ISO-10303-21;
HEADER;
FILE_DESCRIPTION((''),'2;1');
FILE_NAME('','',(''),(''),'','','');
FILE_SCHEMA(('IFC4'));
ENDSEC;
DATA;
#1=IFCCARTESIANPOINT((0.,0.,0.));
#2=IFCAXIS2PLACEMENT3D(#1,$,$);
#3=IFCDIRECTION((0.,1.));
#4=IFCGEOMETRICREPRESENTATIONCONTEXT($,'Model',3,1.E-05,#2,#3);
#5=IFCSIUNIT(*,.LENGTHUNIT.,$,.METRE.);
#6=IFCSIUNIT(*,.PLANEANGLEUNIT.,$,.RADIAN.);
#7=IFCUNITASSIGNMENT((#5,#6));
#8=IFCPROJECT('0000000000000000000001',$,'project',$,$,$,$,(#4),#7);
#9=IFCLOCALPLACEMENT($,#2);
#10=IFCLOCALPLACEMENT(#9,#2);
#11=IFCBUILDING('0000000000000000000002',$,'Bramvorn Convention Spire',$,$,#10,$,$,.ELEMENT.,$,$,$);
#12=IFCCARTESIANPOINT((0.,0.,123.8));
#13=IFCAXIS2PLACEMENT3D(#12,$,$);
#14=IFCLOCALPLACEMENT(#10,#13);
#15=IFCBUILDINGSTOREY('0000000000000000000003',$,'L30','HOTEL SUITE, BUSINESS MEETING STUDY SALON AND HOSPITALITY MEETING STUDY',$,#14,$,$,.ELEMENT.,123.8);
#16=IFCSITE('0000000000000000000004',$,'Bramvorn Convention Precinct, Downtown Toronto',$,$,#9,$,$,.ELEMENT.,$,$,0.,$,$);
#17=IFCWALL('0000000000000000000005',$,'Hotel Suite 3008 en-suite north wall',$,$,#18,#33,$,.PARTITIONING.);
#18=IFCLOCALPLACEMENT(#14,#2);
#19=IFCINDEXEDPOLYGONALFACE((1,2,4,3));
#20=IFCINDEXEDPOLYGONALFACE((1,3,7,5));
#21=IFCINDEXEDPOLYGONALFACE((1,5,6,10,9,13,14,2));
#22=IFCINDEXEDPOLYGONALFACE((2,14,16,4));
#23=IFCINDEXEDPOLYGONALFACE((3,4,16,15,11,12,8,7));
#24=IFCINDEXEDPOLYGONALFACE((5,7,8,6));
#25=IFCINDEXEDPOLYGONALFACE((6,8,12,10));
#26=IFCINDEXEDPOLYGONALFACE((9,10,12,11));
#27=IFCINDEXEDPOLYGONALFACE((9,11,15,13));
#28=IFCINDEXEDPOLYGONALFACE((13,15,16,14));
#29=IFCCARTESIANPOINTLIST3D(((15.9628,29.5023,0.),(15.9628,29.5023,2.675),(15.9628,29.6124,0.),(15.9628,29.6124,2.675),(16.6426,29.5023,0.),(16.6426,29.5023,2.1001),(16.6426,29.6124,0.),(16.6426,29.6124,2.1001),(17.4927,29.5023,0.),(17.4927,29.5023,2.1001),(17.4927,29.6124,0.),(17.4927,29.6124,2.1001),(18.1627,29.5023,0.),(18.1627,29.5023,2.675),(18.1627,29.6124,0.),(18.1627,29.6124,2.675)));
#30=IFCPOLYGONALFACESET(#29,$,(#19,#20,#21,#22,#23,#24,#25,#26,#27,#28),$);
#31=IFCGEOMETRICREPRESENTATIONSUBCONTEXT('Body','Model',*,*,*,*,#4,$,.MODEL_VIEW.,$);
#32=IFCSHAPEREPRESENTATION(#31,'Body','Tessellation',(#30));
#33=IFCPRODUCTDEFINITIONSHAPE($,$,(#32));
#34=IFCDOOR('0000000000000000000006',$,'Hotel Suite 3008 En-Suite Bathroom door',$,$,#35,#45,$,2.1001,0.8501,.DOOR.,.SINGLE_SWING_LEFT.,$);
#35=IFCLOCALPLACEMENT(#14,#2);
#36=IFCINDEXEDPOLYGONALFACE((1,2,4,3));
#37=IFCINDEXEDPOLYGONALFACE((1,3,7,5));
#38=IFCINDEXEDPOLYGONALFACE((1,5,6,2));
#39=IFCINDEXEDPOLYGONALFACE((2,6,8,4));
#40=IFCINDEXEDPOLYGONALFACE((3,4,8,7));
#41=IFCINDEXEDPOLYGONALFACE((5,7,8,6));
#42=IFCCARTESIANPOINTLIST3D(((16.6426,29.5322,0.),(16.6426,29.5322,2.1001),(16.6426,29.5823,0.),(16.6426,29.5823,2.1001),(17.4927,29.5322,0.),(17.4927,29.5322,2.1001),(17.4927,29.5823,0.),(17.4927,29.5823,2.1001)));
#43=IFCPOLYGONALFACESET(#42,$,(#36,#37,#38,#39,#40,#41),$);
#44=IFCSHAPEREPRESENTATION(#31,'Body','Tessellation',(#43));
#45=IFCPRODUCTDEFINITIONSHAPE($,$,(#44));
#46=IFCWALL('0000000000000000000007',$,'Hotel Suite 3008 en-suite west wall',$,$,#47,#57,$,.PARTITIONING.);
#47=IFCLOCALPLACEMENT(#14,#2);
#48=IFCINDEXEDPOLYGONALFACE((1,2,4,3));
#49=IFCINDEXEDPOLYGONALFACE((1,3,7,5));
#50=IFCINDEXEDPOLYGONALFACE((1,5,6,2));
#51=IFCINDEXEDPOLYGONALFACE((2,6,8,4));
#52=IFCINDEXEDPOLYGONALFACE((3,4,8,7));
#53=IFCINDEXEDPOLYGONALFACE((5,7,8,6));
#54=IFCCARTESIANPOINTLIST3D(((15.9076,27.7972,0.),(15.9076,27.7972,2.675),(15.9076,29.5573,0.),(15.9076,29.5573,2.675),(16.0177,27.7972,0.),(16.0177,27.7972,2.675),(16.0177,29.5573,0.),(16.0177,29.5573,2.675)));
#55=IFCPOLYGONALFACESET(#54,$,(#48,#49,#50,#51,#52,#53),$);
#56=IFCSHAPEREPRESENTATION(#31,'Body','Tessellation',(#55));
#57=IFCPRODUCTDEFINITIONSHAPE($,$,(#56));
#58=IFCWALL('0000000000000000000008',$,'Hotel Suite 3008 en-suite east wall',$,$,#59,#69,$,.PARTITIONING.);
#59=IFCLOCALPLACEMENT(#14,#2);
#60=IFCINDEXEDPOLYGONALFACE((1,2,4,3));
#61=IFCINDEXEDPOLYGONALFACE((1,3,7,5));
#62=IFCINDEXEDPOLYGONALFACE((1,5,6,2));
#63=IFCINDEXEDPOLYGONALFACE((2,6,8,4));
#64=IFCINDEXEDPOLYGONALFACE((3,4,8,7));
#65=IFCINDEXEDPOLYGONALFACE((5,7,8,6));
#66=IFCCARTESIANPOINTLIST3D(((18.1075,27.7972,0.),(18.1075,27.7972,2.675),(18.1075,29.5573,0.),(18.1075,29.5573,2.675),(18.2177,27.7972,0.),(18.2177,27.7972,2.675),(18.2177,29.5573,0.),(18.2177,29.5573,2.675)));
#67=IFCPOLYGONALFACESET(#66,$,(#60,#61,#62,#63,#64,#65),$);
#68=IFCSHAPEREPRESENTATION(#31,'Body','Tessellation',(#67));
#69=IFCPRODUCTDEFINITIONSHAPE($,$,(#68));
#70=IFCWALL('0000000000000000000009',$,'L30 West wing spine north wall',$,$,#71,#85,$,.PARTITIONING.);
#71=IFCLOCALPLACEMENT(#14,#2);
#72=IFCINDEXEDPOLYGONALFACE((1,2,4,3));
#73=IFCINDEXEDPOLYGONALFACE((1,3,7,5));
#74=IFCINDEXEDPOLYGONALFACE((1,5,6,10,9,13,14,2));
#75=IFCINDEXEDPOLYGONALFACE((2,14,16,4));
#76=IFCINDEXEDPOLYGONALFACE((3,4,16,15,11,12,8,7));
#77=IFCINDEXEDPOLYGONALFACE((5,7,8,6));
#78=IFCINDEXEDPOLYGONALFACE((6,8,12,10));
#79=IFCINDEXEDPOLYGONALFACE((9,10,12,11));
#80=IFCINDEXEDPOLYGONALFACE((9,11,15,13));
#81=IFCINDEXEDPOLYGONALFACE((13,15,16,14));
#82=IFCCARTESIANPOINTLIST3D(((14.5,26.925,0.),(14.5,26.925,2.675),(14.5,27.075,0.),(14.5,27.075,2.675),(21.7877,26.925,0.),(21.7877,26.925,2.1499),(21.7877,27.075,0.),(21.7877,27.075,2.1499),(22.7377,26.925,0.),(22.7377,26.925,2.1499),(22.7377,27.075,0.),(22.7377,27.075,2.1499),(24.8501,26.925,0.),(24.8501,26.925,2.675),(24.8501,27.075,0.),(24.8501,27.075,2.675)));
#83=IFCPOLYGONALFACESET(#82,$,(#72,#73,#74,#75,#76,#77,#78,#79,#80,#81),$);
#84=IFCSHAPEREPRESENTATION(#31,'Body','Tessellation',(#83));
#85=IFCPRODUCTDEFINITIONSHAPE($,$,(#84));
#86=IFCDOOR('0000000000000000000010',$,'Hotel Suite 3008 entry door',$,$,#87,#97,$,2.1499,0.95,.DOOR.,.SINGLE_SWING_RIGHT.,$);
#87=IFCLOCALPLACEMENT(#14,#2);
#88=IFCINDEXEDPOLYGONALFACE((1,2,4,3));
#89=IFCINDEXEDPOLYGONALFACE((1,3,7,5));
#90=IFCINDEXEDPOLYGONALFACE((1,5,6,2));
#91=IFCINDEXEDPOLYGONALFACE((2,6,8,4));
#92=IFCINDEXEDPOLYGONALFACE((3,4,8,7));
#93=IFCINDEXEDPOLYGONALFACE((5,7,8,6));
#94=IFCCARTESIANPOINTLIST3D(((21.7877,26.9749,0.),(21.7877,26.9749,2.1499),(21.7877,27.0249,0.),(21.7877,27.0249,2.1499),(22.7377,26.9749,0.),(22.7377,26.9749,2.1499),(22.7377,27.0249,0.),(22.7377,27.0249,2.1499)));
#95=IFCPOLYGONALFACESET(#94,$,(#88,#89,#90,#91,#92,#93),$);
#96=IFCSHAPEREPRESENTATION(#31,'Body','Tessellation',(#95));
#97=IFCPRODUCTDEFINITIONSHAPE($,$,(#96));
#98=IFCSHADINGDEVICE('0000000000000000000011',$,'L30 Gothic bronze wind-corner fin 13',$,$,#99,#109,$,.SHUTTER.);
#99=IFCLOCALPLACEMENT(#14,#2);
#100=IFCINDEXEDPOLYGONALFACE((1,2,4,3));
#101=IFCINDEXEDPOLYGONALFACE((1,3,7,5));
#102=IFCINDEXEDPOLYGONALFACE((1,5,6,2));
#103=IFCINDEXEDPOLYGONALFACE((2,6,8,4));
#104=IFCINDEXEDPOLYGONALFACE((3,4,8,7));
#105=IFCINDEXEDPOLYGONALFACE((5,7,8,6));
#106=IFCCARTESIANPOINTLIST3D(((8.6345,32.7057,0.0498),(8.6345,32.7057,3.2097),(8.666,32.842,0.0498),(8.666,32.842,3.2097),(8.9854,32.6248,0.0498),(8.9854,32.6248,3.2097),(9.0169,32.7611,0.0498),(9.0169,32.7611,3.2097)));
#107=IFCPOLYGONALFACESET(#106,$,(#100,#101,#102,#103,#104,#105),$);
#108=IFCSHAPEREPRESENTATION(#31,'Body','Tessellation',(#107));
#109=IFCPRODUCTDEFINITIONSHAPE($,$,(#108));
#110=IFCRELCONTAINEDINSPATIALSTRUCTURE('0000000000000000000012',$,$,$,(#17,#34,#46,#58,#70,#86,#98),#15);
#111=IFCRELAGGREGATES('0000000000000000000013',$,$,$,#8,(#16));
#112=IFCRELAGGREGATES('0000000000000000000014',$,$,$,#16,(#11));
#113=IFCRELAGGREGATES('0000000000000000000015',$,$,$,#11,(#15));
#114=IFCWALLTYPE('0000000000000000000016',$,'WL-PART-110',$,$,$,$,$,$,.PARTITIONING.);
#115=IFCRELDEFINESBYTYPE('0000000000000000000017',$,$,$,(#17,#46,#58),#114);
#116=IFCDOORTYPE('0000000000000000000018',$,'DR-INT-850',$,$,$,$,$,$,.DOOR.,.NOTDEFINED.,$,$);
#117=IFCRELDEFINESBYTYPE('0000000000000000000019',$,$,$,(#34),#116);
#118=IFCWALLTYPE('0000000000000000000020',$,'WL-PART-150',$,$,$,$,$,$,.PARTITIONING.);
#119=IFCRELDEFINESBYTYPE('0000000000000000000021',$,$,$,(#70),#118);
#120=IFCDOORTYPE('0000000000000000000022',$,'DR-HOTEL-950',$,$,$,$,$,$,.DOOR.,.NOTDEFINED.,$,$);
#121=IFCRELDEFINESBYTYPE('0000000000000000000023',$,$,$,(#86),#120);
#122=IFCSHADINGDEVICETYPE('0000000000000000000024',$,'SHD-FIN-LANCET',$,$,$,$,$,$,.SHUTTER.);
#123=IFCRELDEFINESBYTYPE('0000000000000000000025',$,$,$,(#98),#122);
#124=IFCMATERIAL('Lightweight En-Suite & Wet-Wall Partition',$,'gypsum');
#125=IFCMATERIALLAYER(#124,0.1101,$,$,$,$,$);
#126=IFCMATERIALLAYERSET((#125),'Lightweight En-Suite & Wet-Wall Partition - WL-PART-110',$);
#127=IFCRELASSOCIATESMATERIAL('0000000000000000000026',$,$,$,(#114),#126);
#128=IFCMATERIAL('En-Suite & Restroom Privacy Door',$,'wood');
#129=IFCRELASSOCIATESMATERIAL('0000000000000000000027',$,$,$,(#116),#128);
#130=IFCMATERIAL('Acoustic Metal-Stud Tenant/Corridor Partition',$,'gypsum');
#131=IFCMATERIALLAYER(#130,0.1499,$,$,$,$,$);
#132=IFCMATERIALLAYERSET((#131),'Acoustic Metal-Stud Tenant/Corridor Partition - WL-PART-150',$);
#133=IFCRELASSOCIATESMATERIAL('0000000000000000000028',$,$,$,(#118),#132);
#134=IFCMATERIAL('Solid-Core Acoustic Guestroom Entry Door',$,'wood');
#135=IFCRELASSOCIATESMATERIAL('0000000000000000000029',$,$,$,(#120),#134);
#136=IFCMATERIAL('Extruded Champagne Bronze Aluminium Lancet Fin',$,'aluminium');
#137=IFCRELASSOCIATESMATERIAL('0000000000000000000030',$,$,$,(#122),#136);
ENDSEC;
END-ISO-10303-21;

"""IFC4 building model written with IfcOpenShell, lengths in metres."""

from ifc_helpers import new_model, si_unit, direction, frame, frame_2d, origin, origin_2d, place, context, subcontext, project, spatial, rectangle, extrude, material, layer, layer_set, type_object, element, fill, save


model = new_model("IFC4")

# Units and contexts
model_context = context("Model", 3, precision=1e-05, world=origin(), true_north=direction((0.0, 1.0)))
body_context = subcontext(model_context, "Body", "Model", "MODEL_VIEW")
ifc_project = project(units=[si_unit("LENGTHUNIT", "METRE"), si_unit("PLANEANGLEUNIT", "RADIAN")], contexts=[model_context])

# Site, building, storey
site_placement = place(None, origin())
site = spatial("IfcSite", under=ifc_project, at=site_placement, Name="Bramvorn Convention Precinct, Downtown Toronto", CompositionType="ELEMENT", RefElevation=0.0)
building_placement = place(site_placement, origin())
building = spatial("IfcBuilding", under=site, at=building_placement, Name="Bramvorn Convention Spire", CompositionType="ELEMENT")
storey_placement = place(building_placement, frame((0.0, 0.0, 123.8)))
storey = spatial("IfcBuildingStorey", under=building, at=storey_placement, Name="L30", Description="HOTEL SUITE, BUSINESS MEETING STUDY SALON AND HOSPITALITY MEETING STUDY", CompositionType="ELEMENT", Elevation=123.8)

# Shared definitions
ifc_material_1 = material(Name="Lightweight En-Suite & Wet-Wall Partition", Category="gypsum")
ifc_layer_1 = layer(ifc_material_1, 0.1101)
ifc_layer_set_1 = layer_set([ifc_layer_1], Name="Lightweight En-Suite & Wet-Wall Partition - WL-PART-110")
wall_type_1 = type_object("IfcWallType", Name="WL-PART-110", PredefinedType="PARTITIONING", material=ifc_layer_set_1)

# Wall, opening, door
wall_1_placement = place(storey_placement, frame((15.9626, 29.5574, 0.0), z_axis=(0.0, 0.0, 1.0), x_axis=(1.0, 0.0, 0.0)))
wall_1 = element("IfcWall", 1, at=wall_1_placement, inside=storey, type_object=wall_type_1, Name="Hotel Suite 3008 en-suite north wall", PredefinedType="PARTITIONING", context=body_context, shape_type="SweptSolid", body=[
    extrude(rectangle(XDim=2.2, YDim=0.1101, at=frame_2d((1.1001, 0.0))), origin(), (0.0, 0.0, 1.0), 2.675),
])
opening_1_placement = place(wall_1_placement, frame((0.6799, 0.0, 0.0)))
opening_1 = element("IfcOpeningElement", 2, at=opening_1_placement, cuts=wall_1, PredefinedType="OPENING", context=body_context, shape_type="SweptSolid", body=[
    extrude(rectangle(XDim=0.8501, YDim=2.1001, at=frame_2d((0.425, 1.05))), frame((0.0, 0.0649, 0.0), z_axis=(0.0, -1.0, 0.0), x_axis=(1.0, 0.0, 0.0)), (0.0, 0.0, 1.0), 0.1301),
])
ifc_material_2 = material(Name="En-Suite & Restroom Privacy Door", Category="wood")
door_type_1 = type_object("IfcDoorType", Name="DR-INT-850", OperationType="NOTDEFINED", PredefinedType="DOOR", material=ifc_material_2)
door_1_placement = place(opening_1_placement, origin())
door_1 = element("IfcDoor", 3, at=door_1_placement, inside=storey, type_object=door_type_1, Name="Hotel Suite 3008 En-Suite Bathroom door", OperationType="SINGLE_SWING_LEFT", OverallHeight=2.1001, OverallWidth=0.8501, PredefinedType="DOOR", context=body_context, shape_type="SweptSolid", body=[
    extrude(rectangle(XDim=0.8501, YDim=2.1001, at=frame_2d((0.425, 1.05))), frame((0.0, 0.0249, 0.0), z_axis=(0.0, -1.0, 0.0), x_axis=(1.0, 0.0, 0.0)), (0.0, 0.0, 1.0), 0.05),
])
fill(opening_1, door_1)

# Walls
for number, where, z_axis, x_axis, name in (
    (4, (15.9626, 27.7974, 0.0), (0.0, 0.0, 1.0), (0.0, 1.0, 0.0), "Hotel Suite 3008 en-suite west wall"),
    (5, (18.1626, 27.7974, 0.0), (0.0, 0.0, 1.0), (0.0, 1.0, 0.0), "Hotel Suite 3008 en-suite east wall"),
):
    element("IfcWall", number, at=place(storey_placement, frame(where, z_axis=z_axis, x_axis=x_axis)), inside=storey, type_object=wall_type_1, Name=name, PredefinedType="PARTITIONING", context=body_context, shape_type="SweptSolid", body=[
        extrude(rectangle(XDim=1.76, YDim=0.1101, at=frame_2d((0.8799, 0.0))), origin(), (0.0, 0.0, 1.0), 2.675),
    ])

# Wall, opening, door
ifc_material_3 = material(Name="Acoustic Metal-Stud Tenant/Corridor Partition", Category="gypsum")
ifc_layer_2 = layer(ifc_material_3, 0.1499)
ifc_layer_set_2 = layer_set([ifc_layer_2], Name="Acoustic Metal-Stud Tenant/Corridor Partition - WL-PART-150")
wall_type_2 = type_object("IfcWallType", Name="WL-PART-150", PredefinedType="PARTITIONING", material=ifc_layer_set_2)
wall_2_placement = place(storey_placement, frame((14.5, 27.0, 0.0), z_axis=(0.0, 0.0, 1.0), x_axis=(1.0, 0.0, 0.0)))
wall_2 = element("IfcWall", 6, at=wall_2_placement, inside=storey, type_object=wall_type_2, Name="L30 West wing spine north wall", PredefinedType="PARTITIONING", context=body_context, shape_type="SweptSolid", body=[
    extrude(rectangle(XDim=10.3501, YDim=0.1499, at=frame_2d((5.175, 0.0))), origin(), (0.0, 0.0, 1.0), 2.675),
])
opening_2_placement = place(wall_2_placement, frame((7.2876, 0.0, 0.0)))
opening_2 = element("IfcOpeningElement", 7, at=opening_2_placement, cuts=wall_2, PredefinedType="OPENING", context=body_context, shape_type="SweptSolid", body=[
    extrude(rectangle(XDim=0.95, YDim=2.1499, at=frame_2d((0.4751, 1.075))), frame((0.0, 0.085, 0.0), z_axis=(0.0, -1.0, 0.0), x_axis=(1.0, 0.0, 0.0)), (0.0, 0.0, 1.0), 0.1699),
])
ifc_material_4 = material(Name="Solid-Core Acoustic Guestroom Entry Door", Category="wood")
door_type_2 = type_object("IfcDoorType", Name="DR-HOTEL-950", OperationType="NOTDEFINED", PredefinedType="DOOR", material=ifc_material_4)
door_2_placement = place(opening_2_placement, origin())
door_2 = element("IfcDoor", 8, at=door_2_placement, inside=storey, type_object=door_type_2, Name="Hotel Suite 3008 entry door", OperationType="SINGLE_SWING_RIGHT", OverallHeight=2.1499, OverallWidth=0.95, PredefinedType="DOOR", context=body_context, shape_type="SweptSolid", body=[
    extrude(rectangle(XDim=0.95, YDim=2.1499, at=frame_2d((0.4751, 1.075))), frame((0.0, 0.0249, 0.0), z_axis=(0.0, -1.0, 0.0), x_axis=(1.0, 0.0, 0.0)), (0.0, 0.0, 1.0), 0.05),
])
fill(opening_2, door_2)

# Shading device
ifc_material_5 = material(Name="Extruded Champagne Bronze Aluminium Lancet Fin", Category="aluminium")
shading_device_type = type_object("IfcShadingDeviceType", Name="SHD-FIN-LANCET", PredefinedType="SHUTTER", material=ifc_material_5)
shading_device_placement = place(storey_placement, frame((8.8257, 32.7334, 0.0498), z_axis=(0.0, 0.0, 1.0), x_axis=(-0.974386, 0.224883, 0.0)))
element("IfcShadingDevice", 9, at=shading_device_placement, inside=storey, type_object=shading_device_type, Name="L30 Gothic bronze wind-corner fin 13", PredefinedType="SHUTTER", context=body_context, shape_type="SweptSolid", body=[
    extrude(rectangle(XDim=0.3601, YDim=0.1399, at=origin_2d()), origin(), (0.0, 0.0, 1.0), 3.1599),
])

save(model, "model.ifc")
